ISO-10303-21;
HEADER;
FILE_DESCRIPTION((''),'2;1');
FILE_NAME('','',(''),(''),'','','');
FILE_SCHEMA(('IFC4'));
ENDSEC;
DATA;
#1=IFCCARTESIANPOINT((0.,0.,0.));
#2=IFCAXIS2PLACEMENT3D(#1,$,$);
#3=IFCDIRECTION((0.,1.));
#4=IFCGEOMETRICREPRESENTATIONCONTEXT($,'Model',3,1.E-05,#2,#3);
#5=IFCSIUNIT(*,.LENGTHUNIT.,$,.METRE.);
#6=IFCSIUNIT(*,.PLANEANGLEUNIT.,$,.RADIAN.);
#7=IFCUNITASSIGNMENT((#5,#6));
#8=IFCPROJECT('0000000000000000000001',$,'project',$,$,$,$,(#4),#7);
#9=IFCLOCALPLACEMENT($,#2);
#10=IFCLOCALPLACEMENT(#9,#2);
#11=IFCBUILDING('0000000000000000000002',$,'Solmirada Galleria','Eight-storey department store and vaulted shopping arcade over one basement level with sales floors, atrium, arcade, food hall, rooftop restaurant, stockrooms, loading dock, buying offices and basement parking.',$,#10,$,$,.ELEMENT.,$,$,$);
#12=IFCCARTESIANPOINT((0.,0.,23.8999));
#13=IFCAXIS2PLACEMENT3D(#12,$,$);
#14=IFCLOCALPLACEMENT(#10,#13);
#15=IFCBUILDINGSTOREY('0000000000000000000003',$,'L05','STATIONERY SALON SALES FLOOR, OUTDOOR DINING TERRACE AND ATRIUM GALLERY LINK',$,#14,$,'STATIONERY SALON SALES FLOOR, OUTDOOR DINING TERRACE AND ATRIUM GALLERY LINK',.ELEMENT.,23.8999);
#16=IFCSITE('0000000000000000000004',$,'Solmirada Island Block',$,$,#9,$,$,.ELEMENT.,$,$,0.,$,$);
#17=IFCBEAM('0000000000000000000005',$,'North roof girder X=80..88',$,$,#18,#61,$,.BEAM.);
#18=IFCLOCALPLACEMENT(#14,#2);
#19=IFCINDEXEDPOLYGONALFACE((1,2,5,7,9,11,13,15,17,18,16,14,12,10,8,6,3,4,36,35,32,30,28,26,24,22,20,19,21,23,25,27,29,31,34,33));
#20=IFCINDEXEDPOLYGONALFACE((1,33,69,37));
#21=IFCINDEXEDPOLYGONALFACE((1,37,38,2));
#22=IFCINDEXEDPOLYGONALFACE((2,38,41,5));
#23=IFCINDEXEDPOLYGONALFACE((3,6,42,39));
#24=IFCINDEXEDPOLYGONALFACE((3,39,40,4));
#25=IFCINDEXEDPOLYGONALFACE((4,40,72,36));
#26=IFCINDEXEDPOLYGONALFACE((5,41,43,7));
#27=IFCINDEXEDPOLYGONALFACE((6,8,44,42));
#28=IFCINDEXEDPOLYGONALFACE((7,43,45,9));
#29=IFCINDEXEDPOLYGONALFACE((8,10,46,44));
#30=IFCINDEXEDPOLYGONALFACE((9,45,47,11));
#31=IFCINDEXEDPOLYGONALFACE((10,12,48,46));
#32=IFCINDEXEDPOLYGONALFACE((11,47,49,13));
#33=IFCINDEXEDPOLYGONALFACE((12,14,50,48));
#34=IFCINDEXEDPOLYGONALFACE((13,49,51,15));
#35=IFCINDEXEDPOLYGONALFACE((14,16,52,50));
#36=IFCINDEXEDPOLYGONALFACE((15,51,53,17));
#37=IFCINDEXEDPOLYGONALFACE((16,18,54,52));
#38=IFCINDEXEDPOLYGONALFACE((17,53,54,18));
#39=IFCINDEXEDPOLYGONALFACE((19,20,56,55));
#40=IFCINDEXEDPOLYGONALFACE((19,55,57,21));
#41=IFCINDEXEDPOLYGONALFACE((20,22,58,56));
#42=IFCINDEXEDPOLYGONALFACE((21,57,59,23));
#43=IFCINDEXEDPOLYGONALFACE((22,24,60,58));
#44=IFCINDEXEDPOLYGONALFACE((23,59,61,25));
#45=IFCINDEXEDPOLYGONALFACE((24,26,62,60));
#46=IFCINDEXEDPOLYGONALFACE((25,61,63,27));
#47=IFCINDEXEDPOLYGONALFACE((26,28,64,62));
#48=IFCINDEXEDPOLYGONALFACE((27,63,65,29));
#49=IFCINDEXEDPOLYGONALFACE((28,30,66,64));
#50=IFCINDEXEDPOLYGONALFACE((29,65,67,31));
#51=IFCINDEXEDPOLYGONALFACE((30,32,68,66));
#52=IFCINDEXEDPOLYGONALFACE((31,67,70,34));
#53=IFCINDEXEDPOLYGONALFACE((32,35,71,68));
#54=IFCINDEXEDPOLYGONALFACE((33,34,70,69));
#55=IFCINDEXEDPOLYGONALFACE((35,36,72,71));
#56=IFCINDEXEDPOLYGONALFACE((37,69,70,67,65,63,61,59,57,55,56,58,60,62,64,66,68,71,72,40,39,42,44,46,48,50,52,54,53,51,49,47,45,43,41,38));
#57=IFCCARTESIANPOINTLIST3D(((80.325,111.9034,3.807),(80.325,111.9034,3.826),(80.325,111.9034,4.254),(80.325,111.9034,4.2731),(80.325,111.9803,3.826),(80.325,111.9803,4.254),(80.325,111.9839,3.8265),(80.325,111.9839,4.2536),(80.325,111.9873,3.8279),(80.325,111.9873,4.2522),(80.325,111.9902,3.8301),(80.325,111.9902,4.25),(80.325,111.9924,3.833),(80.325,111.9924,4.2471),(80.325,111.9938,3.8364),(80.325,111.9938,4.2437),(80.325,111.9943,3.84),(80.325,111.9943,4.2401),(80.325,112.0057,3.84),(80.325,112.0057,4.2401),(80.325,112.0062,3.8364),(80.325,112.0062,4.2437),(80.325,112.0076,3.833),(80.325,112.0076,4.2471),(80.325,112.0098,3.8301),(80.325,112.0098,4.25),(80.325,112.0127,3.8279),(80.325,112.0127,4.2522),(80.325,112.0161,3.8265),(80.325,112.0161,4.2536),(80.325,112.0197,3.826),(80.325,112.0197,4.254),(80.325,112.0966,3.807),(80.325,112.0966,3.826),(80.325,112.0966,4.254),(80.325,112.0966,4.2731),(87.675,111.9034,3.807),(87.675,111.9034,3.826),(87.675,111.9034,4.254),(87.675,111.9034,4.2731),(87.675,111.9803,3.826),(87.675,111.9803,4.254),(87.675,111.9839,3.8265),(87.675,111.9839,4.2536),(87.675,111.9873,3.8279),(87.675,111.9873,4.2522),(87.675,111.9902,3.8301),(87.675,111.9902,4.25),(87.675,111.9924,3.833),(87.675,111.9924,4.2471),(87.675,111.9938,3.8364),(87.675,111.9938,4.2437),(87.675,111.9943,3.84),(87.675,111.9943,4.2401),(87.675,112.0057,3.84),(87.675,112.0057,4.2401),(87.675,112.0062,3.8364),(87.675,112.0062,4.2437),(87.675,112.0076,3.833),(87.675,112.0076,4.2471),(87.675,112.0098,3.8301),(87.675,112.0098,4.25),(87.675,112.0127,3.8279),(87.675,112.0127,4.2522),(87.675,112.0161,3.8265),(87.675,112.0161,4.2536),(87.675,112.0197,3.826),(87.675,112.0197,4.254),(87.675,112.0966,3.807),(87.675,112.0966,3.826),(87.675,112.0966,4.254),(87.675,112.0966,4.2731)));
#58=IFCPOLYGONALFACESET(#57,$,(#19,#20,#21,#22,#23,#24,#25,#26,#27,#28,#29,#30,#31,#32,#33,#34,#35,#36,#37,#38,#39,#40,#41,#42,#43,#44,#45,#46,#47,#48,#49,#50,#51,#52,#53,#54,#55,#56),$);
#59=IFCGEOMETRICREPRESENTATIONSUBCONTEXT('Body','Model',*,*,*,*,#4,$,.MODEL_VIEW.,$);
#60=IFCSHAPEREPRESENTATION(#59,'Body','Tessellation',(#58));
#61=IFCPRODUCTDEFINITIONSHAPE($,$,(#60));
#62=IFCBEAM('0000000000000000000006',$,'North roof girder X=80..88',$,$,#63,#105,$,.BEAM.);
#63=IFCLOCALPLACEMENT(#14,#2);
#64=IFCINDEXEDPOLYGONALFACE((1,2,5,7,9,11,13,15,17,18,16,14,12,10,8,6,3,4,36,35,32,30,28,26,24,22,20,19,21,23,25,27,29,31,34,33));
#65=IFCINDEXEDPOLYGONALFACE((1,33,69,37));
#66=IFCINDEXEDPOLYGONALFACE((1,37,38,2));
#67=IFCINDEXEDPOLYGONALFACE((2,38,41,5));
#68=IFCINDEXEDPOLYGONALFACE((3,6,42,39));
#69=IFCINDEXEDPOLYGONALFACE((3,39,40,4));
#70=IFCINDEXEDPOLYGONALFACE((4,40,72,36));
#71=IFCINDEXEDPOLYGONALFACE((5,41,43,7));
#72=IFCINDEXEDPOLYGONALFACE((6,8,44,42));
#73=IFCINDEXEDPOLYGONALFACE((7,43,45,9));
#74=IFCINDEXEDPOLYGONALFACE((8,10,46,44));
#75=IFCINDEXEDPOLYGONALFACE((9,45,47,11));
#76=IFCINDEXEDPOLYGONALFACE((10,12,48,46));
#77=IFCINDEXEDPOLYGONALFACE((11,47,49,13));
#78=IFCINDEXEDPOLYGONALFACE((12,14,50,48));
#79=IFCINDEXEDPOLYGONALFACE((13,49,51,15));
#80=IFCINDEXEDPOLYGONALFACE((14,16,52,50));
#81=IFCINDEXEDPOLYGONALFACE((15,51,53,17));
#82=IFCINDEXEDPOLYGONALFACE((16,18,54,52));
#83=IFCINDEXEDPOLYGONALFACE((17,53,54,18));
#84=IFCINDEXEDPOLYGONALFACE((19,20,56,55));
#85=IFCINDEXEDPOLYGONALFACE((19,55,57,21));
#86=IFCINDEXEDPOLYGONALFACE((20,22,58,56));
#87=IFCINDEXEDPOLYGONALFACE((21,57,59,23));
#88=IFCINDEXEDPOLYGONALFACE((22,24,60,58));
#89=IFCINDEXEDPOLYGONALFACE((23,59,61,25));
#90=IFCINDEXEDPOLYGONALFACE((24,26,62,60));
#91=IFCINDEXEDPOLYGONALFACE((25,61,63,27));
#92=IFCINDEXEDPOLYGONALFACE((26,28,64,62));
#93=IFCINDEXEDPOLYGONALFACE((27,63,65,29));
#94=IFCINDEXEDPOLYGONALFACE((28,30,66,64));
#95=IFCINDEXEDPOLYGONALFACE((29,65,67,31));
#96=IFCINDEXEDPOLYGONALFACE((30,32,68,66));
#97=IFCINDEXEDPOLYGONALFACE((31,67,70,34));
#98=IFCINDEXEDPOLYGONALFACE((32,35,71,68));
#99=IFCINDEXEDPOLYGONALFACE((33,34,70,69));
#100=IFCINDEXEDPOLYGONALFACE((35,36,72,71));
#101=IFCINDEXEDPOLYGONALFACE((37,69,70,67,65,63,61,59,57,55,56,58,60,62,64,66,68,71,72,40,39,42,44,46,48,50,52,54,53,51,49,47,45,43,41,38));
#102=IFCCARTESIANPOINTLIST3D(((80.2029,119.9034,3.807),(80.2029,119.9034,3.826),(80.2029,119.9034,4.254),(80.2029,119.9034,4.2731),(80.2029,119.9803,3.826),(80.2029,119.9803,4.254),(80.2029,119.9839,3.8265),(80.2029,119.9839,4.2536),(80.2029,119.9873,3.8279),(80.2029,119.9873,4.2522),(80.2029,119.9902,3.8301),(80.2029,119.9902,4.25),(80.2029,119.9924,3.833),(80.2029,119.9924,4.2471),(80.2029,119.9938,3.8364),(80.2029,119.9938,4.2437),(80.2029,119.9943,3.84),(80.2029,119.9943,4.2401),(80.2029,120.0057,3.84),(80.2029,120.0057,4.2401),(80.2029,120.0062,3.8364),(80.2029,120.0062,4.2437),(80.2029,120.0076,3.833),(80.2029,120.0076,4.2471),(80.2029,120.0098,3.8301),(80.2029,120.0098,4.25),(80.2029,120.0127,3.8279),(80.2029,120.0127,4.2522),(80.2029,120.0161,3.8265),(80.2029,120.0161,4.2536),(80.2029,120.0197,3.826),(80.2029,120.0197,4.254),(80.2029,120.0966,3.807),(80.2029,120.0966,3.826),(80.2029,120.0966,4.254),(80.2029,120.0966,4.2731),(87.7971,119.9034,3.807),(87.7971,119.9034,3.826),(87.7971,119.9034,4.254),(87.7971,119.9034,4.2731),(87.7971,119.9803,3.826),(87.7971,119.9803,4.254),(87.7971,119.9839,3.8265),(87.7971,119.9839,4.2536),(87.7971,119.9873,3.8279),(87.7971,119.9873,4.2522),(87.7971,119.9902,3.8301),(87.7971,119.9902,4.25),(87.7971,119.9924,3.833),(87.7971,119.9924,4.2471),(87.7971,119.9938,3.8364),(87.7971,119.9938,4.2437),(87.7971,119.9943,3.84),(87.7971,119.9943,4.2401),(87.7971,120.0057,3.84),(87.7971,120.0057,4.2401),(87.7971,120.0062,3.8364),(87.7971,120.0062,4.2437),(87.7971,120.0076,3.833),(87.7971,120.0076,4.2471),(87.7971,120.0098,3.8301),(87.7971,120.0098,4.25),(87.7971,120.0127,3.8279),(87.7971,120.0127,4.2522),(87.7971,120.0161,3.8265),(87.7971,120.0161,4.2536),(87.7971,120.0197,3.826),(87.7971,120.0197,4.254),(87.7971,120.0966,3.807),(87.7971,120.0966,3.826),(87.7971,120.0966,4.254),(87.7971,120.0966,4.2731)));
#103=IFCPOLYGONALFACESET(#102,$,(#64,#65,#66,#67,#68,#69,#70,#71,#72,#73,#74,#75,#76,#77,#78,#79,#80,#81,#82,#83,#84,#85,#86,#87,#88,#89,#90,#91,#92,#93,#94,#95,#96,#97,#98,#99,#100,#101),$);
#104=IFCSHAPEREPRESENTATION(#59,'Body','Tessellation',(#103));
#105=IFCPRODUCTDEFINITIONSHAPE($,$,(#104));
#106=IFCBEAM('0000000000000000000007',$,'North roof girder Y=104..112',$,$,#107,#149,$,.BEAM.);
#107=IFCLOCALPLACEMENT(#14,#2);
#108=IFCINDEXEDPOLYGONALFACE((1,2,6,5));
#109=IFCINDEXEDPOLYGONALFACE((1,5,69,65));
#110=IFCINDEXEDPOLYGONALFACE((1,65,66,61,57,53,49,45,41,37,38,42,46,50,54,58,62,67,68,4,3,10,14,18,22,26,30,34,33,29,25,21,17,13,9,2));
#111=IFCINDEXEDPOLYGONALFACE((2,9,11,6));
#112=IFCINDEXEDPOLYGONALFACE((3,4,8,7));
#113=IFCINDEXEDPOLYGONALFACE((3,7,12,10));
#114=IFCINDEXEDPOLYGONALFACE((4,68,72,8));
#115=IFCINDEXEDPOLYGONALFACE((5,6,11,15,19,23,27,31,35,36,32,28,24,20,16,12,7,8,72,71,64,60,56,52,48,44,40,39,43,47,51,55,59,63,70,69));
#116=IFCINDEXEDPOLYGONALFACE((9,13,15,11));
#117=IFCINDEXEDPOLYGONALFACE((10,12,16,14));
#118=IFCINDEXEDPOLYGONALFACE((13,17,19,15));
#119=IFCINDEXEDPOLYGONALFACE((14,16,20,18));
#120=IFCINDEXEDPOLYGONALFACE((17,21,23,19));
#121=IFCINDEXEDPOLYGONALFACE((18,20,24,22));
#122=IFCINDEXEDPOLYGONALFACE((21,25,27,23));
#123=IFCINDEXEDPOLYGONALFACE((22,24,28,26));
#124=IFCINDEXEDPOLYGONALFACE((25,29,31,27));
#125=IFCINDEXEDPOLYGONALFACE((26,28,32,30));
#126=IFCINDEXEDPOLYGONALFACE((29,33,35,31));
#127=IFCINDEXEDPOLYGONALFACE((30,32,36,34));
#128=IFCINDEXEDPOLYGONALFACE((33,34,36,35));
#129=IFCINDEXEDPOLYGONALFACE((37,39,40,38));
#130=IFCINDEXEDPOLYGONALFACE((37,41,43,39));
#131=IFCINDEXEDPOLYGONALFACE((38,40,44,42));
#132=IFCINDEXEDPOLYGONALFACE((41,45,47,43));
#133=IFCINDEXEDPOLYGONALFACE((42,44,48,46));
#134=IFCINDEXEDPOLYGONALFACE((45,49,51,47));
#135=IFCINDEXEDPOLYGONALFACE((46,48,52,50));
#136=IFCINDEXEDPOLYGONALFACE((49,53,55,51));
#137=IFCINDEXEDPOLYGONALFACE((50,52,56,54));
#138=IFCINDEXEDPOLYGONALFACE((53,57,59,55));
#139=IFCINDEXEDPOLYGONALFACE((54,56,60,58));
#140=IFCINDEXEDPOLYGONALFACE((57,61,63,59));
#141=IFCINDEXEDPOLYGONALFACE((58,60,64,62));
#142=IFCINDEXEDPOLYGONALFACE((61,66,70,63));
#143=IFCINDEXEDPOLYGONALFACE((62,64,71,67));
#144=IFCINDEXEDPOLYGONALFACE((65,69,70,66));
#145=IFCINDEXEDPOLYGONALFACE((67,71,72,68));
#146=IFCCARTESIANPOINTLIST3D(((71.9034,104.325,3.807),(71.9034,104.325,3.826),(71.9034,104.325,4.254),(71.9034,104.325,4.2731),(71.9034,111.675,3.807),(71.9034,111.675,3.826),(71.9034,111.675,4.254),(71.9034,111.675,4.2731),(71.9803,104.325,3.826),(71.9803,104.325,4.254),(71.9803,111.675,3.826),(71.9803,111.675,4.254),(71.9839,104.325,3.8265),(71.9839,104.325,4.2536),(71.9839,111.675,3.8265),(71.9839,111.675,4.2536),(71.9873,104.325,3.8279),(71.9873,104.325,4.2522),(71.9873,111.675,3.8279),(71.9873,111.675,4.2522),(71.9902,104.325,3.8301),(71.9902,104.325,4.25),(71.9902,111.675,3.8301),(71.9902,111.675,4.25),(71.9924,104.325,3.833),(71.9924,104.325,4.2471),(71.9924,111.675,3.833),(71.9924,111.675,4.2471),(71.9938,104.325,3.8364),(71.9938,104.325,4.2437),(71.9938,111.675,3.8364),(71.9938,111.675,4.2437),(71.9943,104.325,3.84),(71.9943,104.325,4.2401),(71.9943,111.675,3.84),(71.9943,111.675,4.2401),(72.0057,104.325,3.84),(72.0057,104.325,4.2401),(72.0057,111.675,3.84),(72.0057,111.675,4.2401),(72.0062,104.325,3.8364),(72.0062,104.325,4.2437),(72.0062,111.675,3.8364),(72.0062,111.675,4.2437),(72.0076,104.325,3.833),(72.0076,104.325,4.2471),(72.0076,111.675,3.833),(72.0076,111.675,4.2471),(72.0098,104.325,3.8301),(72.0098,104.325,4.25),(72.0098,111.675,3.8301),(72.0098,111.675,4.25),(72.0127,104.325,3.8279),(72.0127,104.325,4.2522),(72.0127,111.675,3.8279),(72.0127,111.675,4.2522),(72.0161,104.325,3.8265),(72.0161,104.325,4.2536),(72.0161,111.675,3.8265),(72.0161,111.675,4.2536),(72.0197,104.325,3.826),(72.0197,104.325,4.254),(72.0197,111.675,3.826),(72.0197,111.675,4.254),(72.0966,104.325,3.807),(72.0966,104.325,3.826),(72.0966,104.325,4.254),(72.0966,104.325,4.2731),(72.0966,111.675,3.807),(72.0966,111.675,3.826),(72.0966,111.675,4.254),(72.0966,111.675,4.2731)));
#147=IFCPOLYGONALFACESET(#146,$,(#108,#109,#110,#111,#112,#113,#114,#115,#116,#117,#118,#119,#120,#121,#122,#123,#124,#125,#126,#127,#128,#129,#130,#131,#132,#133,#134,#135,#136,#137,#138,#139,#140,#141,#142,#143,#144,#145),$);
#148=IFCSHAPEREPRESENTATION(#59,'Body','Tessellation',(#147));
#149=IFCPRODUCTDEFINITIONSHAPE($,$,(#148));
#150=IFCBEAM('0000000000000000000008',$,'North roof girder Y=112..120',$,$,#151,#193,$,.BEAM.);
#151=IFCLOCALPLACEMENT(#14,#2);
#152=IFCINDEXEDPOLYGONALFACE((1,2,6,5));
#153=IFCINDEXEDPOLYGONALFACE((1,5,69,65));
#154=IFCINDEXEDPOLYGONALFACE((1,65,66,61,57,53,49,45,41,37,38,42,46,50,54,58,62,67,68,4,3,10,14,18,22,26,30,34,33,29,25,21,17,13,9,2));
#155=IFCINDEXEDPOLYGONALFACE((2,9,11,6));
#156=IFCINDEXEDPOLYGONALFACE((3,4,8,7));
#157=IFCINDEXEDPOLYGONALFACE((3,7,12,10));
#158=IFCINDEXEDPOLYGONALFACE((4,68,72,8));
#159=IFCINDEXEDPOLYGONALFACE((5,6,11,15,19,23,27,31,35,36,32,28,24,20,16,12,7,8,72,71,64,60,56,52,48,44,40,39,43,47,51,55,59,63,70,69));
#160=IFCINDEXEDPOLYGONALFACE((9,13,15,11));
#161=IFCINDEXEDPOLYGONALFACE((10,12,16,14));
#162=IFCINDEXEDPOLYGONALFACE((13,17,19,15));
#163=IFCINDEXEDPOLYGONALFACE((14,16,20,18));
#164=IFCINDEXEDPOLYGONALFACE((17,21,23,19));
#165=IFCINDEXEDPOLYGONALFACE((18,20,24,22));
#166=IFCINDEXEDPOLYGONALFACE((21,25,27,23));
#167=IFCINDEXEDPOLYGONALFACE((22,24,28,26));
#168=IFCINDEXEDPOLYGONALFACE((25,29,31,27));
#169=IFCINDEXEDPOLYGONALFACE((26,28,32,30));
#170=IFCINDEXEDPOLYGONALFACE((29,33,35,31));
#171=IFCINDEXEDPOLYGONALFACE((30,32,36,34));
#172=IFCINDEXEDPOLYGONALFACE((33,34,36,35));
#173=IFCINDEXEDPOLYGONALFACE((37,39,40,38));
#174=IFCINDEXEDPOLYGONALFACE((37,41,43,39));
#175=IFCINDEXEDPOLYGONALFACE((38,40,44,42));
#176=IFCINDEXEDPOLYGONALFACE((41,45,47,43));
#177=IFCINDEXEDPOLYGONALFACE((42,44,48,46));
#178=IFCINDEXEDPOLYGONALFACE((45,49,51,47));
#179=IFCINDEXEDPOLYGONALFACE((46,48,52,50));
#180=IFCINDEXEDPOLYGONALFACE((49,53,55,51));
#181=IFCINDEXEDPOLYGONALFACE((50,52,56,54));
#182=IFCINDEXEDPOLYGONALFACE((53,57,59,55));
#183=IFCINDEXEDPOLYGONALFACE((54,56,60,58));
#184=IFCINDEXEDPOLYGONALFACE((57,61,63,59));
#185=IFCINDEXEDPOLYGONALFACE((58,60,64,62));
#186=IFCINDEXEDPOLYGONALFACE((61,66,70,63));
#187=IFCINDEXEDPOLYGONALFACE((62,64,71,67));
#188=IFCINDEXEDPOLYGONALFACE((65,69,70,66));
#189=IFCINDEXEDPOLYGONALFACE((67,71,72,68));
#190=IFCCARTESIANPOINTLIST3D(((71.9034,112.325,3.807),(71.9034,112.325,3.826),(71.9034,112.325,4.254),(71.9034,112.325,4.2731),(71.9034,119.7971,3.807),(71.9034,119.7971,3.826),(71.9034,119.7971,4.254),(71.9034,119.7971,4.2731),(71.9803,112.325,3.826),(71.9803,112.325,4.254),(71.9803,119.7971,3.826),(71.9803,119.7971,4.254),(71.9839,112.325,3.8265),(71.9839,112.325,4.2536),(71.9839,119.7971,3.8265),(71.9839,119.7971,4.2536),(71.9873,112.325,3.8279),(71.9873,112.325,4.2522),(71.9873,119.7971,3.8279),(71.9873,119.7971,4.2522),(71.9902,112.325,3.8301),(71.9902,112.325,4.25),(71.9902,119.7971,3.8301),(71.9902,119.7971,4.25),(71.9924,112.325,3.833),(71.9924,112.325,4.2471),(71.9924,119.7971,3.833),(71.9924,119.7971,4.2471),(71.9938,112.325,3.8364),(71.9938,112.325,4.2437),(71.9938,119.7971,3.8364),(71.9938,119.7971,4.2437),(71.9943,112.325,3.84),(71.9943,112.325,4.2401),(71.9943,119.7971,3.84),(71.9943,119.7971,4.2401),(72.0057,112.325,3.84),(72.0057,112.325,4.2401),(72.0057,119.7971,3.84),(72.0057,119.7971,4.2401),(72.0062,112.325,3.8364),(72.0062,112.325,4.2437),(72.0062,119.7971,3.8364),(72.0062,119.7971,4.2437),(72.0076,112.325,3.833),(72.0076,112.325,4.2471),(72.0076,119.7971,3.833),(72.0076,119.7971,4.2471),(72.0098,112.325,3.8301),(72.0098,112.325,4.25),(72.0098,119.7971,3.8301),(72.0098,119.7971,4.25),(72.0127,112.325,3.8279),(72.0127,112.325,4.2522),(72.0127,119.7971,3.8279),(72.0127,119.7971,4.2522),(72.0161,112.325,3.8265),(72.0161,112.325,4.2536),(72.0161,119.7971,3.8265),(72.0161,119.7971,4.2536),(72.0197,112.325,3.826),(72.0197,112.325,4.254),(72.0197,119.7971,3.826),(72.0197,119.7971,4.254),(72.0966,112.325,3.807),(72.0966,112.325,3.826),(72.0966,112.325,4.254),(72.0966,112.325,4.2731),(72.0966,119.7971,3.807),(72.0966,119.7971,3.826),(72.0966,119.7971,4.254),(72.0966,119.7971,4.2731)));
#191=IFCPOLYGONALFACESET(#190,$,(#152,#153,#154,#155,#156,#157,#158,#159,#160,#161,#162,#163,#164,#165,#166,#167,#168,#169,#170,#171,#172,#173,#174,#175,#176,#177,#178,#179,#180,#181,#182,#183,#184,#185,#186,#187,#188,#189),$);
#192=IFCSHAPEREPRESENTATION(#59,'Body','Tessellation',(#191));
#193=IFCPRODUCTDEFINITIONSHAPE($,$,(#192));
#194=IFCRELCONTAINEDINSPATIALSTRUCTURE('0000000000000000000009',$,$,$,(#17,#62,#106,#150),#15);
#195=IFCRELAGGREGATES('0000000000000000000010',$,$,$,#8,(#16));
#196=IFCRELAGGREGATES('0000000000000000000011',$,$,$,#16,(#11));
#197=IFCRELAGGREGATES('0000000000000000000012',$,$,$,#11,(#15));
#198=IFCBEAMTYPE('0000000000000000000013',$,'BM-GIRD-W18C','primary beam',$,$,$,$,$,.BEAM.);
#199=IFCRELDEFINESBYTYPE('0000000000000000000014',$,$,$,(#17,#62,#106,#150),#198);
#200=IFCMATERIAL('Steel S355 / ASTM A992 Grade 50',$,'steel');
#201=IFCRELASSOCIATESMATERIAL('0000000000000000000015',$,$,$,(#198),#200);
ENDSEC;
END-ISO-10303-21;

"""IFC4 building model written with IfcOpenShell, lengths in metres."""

from ifc_helpers import new_model, si_unit, direction, frame, origin, origin_2d, place, context, subcontext, project, spatial, i_section, extrude, material, material_profile, profile_set, type_object, element, save


model = new_model("IFC4")

# Units and contexts
model_context = context("Model", 3, precision=1e-05, world=origin(), true_north=direction((0.0, 1.0)))
body_context = subcontext(model_context, "Body", "Model", "MODEL_VIEW")
ifc_project = project(units=[si_unit("LENGTHUNIT", "METRE"), si_unit("PLANEANGLEUNIT", "RADIAN")], contexts=[model_context])

# Site, building, storey
site_placement = place(None, origin())
site = spatial("IfcSite", under=ifc_project, at=site_placement, Name="Solmirada Island Block", CompositionType="ELEMENT", RefElevation=0.0)
building_placement = place(site_placement, origin())
building = spatial("IfcBuilding", under=site, at=building_placement, Name="Solmirada Galleria", Description="Eight-storey department store and vaulted shopping arcade over one basement level with sales floors, atrium, arcade, food hall, rooftop restaurant, stockrooms, loading dock, buying offices and basement parking.", CompositionType="ELEMENT")
storey_placement = place(building_placement, frame((0.0, 0.0, 23.8999)))
storey = spatial("IfcBuildingStorey", under=building, at=storey_placement, Name="L05", Description="STATIONERY SALON SALES FLOOR, OUTDOOR DINING TERRACE AND ATRIUM GALLERY LINK", LongName="STATIONERY SALON SALES FLOOR, OUTDOOR DINING TERRACE AND ATRIUM GALLERY LINK", CompositionType="ELEMENT", Elevation=23.8999)

# Beams
ifc_material_1 = material(Name="Steel S355 / ASTM A992 Grade 50", Category="steel")
ifc_material_profile_1 = material_profile(ifc_material_1, i_section(OverallWidth=0.1931, OverallDepth=0.4661, WebThickness=0.0115, FlangeThickness=0.019, FilletRadius=0.0139, at=origin_2d()), Name="W18X65")
ifc_profile_set_1 = profile_set([ifc_material_profile_1], Name="Steel S355 / ASTM A992 Grade 50")
beam_type = type_object("IfcBeamType", Name="BM-GIRD-W18C", Description="primary beam", PredefinedType="BEAM", material=ifc_profile_set_1)
for number, where, z_axis, x_axis, name in (
    (1, (80.325, 112.0, 4.04), (1.0, 0.0, 0.0), (0.0, 1.0, 0.0), "North roof girder X=80..88"),
):
    element("IfcBeam", number, at=place(storey_placement, frame(where, z_axis=z_axis, x_axis=x_axis)), inside=storey, type_object=beam_type, Name=name, PredefinedType="BEAM", context=body_context, shape_type="SweptSolid", body=[
        extrude(i_section(OverallWidth=0.1931, OverallDepth=0.4661, WebThickness=0.0115, FlangeThickness=0.019, FilletRadius=0.0139, at=origin_2d()), origin(), (0.0, 0.0, 1.0), 7.3501),
    ])
beam_1_placement = place(storey_placement, frame((80.2029, 120.0, 4.04), z_axis=(1.0, 0.0, 0.0), x_axis=(0.0, 1.0, 0.0)))
element("IfcBeam", 2, at=beam_1_placement, inside=storey, type_object=beam_type, Name="North roof girder X=80..88", PredefinedType="BEAM", context=body_context, shape_type="SweptSolid", body=[
    extrude(i_section(OverallWidth=0.1931, OverallDepth=0.4661, WebThickness=0.0115, FlangeThickness=0.019, FilletRadius=0.0139, at=origin_2d()), origin(), (0.0, 0.0, 1.0), 7.5942),
])
beam_2_placement = place(storey_placement, frame((72.0, 104.325, 4.04), z_axis=(0.0, 1.0, 0.0), x_axis=(-1.0, 0.0, 0.0)))
element("IfcBeam", 3, at=beam_2_placement, inside=storey, type_object=beam_type, Name="North roof girder Y=104..112", PredefinedType="BEAM", context=body_context, shape_type="SweptSolid", body=[
    extrude(i_section(OverallWidth=0.1931, OverallDepth=0.4661, WebThickness=0.0115, FlangeThickness=0.019, FilletRadius=0.0139, at=origin_2d()), origin(), (0.0, 0.0, 1.0), 7.3501),
])
beam_3_placement = place(storey_placement, frame((72.0, 112.325, 4.04), z_axis=(0.0, 1.0, 0.0), x_axis=(-1.0, 0.0, 0.0)))
element("IfcBeam", 4, at=beam_3_placement, inside=storey, type_object=beam_type, Name="North roof girder Y=112..120", PredefinedType="BEAM", context=body_context, shape_type="SweptSolid", body=[
    extrude(i_section(OverallWidth=0.1931, OverallDepth=0.4661, WebThickness=0.0115, FlangeThickness=0.019, FilletRadius=0.0139, at=origin_2d()), origin(), (0.0, 0.0, 1.0), 7.4722),
])

save(model, "model.ifc")
